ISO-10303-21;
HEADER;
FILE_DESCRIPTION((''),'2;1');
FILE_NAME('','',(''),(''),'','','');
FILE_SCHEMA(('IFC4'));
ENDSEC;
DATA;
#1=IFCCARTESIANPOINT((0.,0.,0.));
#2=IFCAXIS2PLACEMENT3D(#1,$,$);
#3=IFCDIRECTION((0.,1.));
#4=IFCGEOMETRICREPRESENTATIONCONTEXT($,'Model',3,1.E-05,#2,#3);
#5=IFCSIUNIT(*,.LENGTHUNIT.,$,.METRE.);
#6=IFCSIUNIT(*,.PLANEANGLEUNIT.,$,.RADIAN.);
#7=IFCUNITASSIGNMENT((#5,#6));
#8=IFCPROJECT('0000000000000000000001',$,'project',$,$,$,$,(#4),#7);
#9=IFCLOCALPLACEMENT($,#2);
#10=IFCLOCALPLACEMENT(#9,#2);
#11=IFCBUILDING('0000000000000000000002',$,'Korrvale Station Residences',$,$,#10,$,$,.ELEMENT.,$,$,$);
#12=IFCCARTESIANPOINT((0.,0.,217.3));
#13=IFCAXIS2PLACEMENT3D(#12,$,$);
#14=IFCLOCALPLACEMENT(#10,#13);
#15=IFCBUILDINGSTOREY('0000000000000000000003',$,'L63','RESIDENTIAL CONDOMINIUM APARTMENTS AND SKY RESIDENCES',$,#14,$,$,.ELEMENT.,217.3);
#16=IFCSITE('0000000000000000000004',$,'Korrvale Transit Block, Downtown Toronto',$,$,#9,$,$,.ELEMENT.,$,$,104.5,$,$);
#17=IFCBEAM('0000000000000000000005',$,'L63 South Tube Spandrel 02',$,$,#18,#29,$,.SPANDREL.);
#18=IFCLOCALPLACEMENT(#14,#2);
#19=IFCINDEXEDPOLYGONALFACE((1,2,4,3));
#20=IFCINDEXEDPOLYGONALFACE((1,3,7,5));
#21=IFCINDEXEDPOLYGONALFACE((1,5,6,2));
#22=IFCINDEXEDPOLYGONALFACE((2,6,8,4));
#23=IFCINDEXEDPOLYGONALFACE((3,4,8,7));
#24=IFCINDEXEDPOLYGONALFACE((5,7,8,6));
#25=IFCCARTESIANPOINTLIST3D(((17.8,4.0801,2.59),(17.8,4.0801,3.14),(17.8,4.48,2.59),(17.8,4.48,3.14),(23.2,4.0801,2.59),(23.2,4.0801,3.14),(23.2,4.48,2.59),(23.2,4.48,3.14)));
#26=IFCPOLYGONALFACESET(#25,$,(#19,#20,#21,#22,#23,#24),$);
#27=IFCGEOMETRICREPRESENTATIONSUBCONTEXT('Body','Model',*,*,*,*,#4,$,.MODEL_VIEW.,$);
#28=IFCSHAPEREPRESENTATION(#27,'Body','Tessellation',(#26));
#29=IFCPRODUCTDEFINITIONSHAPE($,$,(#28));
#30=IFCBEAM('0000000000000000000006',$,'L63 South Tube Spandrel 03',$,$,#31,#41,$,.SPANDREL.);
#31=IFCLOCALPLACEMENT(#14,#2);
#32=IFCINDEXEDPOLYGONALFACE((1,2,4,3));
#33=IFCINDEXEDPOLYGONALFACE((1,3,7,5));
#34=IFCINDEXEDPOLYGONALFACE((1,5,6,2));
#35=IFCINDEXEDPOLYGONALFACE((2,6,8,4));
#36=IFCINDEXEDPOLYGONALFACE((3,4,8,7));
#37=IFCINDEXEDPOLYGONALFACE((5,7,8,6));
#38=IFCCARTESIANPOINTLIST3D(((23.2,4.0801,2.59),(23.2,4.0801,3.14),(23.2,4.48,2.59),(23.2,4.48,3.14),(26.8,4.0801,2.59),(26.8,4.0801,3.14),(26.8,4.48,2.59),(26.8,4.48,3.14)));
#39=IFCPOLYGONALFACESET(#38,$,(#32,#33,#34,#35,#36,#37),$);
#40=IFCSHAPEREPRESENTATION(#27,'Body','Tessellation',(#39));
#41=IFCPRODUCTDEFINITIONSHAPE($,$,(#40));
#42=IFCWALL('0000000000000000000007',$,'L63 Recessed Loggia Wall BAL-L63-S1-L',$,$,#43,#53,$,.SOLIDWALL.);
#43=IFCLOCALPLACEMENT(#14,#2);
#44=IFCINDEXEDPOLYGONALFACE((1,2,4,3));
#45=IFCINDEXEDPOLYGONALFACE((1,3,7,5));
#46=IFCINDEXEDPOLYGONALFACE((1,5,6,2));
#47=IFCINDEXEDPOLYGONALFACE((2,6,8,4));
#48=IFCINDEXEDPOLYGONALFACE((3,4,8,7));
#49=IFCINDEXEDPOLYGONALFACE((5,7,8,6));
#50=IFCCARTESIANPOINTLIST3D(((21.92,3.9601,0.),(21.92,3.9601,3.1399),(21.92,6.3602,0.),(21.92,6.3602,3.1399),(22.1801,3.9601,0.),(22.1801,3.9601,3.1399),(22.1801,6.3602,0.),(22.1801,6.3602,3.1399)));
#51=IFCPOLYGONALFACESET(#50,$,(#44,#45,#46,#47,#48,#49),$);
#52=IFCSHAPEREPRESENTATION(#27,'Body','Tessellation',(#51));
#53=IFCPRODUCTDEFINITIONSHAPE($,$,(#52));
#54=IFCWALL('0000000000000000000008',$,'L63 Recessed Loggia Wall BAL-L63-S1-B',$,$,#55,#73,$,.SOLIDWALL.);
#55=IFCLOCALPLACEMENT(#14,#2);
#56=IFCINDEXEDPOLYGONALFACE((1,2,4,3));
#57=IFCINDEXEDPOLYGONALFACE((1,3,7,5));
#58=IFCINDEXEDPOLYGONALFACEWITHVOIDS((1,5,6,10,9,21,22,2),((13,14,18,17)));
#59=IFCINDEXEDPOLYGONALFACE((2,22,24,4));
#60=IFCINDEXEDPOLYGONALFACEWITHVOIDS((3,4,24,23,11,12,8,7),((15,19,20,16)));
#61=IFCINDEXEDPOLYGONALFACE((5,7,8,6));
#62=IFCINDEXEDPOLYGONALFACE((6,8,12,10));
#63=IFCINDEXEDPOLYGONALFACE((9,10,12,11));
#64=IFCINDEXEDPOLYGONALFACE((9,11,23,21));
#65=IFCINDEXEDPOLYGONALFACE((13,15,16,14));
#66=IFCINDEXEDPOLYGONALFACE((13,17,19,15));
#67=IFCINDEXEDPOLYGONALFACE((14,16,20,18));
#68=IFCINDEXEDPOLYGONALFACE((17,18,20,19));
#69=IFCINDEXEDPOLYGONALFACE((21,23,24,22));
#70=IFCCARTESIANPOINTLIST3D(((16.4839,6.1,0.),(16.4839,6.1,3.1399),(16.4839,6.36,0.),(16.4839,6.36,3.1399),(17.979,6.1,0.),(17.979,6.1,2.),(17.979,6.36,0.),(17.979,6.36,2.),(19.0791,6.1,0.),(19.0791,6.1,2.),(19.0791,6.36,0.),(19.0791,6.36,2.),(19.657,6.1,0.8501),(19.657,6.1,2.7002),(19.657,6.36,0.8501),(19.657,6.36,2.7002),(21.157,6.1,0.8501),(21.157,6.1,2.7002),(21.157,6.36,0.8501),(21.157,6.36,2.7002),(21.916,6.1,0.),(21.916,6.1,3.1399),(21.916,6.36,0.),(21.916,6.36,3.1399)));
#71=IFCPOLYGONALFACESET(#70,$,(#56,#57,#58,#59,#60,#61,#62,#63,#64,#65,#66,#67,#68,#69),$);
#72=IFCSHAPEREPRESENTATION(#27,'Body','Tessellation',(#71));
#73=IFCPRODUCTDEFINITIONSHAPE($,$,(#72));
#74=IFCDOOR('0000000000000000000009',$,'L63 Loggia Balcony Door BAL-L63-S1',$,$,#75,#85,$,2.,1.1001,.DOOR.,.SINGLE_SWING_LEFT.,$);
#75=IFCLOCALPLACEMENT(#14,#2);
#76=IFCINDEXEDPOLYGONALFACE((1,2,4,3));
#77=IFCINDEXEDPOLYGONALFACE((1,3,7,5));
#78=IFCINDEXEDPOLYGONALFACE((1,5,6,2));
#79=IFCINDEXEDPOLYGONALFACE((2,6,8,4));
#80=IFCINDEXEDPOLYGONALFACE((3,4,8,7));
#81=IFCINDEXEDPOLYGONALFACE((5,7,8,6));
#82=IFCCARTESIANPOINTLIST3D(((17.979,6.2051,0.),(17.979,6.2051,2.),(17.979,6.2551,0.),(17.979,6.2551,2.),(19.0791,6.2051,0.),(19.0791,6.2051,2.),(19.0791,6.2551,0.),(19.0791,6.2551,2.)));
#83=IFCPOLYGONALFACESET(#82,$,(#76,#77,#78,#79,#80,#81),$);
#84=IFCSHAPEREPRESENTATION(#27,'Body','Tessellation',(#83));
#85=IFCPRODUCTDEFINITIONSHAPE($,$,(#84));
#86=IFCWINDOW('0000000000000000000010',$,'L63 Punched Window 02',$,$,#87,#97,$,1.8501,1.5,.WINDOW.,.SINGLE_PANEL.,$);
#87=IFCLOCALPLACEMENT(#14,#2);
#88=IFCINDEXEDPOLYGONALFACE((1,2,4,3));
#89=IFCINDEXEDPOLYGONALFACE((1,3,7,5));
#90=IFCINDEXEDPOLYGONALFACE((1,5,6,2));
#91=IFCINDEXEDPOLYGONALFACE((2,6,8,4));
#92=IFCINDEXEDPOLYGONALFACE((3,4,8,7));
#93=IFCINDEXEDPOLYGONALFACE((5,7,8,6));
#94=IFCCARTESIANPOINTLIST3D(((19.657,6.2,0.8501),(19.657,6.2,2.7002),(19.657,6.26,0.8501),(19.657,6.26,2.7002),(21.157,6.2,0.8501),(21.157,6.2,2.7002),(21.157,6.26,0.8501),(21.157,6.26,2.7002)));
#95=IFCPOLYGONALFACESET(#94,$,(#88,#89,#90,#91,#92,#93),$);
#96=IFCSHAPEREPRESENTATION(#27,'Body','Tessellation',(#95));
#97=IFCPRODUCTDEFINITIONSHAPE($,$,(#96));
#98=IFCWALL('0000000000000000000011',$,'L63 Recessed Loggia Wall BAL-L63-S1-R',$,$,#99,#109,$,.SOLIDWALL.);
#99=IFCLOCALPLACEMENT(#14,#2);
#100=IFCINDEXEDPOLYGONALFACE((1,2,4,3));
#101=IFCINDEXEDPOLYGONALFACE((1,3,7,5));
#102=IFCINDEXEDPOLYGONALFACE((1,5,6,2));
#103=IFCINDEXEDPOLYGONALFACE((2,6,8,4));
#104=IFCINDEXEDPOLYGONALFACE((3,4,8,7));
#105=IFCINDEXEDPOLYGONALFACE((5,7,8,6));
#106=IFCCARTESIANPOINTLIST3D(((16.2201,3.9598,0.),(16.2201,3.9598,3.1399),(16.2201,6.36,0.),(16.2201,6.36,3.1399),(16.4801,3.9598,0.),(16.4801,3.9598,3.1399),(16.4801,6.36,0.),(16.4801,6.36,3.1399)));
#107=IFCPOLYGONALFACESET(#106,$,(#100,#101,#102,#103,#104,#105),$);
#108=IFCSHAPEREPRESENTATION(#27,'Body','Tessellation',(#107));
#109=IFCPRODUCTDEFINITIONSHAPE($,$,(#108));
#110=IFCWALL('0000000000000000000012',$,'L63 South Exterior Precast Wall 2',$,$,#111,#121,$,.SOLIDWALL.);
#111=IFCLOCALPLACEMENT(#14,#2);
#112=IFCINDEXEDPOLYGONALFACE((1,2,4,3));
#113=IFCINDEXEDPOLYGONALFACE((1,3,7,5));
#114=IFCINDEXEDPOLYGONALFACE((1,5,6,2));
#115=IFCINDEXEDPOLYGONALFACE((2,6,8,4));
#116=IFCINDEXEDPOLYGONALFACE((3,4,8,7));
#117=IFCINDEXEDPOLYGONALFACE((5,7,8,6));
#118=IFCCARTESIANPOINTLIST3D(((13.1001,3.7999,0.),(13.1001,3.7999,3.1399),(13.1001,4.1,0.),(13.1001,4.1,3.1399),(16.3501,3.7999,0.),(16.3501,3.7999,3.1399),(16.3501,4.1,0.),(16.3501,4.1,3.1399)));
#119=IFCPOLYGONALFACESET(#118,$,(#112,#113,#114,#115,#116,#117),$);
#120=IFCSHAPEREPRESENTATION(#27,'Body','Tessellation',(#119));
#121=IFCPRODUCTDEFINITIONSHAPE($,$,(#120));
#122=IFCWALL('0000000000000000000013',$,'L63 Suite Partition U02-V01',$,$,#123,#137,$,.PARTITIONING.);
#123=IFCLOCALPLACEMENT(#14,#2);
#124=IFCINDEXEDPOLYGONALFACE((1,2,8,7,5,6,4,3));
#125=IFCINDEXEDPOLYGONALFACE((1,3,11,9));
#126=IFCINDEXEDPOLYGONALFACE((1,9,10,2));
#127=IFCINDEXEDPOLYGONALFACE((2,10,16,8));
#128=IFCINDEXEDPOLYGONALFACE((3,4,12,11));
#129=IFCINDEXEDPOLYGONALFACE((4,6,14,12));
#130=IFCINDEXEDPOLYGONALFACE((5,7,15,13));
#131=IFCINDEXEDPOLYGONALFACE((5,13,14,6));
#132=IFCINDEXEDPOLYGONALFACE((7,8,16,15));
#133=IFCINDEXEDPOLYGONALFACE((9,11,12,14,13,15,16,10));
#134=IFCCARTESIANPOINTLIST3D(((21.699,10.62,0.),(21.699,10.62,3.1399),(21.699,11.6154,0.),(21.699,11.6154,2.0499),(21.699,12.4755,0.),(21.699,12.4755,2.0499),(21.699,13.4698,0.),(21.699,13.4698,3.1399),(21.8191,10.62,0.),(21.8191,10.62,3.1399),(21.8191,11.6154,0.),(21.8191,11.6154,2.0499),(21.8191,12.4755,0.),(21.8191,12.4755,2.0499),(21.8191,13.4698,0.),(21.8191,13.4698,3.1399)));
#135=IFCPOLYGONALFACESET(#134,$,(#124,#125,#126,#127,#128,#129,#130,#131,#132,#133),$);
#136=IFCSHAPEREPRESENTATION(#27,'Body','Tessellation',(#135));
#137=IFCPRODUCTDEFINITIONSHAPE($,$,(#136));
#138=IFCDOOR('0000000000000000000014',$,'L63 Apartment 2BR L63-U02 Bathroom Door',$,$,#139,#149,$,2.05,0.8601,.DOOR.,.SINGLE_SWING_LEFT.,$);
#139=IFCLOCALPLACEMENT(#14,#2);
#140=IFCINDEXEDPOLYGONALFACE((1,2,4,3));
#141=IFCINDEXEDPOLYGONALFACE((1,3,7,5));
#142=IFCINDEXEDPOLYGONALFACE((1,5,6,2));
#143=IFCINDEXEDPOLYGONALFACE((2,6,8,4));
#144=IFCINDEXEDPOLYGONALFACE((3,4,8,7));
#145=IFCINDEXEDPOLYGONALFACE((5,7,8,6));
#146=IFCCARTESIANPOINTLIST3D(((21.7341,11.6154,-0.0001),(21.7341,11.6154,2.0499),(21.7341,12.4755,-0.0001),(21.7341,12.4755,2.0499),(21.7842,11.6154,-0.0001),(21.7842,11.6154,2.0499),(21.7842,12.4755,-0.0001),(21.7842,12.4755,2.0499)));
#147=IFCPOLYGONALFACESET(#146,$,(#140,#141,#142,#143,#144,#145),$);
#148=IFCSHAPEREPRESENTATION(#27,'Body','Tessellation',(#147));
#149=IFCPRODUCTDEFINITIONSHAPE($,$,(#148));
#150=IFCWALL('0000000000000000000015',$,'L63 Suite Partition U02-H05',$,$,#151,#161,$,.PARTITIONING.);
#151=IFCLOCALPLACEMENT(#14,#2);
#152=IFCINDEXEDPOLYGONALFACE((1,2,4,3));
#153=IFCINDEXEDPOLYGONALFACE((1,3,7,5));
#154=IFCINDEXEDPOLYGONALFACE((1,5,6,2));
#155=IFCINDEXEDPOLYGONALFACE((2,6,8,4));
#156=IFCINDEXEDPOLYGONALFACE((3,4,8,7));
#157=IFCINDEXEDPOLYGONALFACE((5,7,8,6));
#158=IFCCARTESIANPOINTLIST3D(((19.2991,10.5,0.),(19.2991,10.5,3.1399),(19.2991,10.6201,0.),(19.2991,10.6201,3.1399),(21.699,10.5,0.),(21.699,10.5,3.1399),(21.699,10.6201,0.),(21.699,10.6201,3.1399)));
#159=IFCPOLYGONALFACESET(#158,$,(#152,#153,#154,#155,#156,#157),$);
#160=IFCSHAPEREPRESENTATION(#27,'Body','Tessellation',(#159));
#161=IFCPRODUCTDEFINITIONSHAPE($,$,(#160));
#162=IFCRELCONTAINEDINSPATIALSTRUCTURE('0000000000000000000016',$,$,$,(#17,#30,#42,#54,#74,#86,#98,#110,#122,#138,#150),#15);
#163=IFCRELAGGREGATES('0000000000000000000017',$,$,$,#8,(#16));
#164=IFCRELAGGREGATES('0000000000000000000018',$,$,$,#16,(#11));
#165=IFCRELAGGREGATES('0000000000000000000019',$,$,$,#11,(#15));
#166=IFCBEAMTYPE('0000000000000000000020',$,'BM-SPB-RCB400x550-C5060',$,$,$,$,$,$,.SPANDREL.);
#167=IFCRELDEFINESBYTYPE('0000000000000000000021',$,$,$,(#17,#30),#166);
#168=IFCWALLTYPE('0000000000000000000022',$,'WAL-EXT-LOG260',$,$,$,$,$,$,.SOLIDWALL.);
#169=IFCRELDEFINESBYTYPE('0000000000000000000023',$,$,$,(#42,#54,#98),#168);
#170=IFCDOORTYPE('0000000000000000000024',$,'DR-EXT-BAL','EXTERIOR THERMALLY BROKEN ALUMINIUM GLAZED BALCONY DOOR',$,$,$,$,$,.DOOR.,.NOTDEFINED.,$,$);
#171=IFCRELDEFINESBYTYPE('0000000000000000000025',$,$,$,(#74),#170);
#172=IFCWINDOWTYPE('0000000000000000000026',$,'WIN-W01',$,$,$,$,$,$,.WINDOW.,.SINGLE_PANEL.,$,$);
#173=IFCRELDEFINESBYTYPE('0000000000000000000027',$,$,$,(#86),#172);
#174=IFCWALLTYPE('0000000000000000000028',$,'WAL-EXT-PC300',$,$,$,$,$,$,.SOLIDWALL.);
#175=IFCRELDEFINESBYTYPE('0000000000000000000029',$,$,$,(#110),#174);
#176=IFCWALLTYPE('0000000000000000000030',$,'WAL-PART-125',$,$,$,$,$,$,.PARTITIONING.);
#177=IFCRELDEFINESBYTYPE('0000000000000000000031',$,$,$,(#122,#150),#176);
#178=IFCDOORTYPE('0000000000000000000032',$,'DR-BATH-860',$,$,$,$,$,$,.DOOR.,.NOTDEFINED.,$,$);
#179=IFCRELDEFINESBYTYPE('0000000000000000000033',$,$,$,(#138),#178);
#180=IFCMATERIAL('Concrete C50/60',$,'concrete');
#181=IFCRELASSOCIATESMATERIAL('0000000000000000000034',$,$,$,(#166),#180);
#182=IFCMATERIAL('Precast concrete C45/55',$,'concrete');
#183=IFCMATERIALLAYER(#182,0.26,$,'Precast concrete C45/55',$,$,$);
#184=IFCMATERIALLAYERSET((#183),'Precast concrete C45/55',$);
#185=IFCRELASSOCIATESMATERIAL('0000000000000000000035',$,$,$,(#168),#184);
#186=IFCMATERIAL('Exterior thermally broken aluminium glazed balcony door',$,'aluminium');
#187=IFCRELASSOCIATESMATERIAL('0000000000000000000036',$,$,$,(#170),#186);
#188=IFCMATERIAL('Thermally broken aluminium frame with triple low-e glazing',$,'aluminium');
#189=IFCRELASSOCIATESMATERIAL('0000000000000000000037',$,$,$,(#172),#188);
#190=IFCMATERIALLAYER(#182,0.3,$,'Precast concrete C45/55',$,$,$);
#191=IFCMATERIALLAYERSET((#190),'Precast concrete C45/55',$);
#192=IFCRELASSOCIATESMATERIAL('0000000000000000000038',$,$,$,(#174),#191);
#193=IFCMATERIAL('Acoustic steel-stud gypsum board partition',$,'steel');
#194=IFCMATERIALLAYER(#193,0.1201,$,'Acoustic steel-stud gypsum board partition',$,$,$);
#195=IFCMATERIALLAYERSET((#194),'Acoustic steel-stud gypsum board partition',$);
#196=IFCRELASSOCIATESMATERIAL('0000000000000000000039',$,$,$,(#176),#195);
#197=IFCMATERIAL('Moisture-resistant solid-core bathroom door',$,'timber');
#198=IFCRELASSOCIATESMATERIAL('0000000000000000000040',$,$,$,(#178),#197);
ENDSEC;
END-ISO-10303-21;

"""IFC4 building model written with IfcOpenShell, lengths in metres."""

from ifc_helpers import new_model, si_unit, direction, frame, frame_2d, origin, origin_2d, place, context, subcontext, project, spatial, rectangle, extrude, material, layer, layer_set, material_profile, profile_set, type_object, element, fill, save


model = new_model("IFC4")

# Units and contexts
model_context = context("Model", 3, precision=1e-05, world=origin(), true_north=direction((0.0, 1.0)))
body_context = subcontext(model_context, "Body", "Model", "MODEL_VIEW")
ifc_project = project(units=[si_unit("LENGTHUNIT", "METRE"), si_unit("PLANEANGLEUNIT", "RADIAN")], contexts=[model_context])

# Site, building, storey
site_placement = place(None, origin())
site = spatial("IfcSite", under=ifc_project, at=site_placement, Name="Korrvale Transit Block, Downtown Toronto", CompositionType="ELEMENT", RefElevation=104.5)
building_placement = place(site_placement, origin())
building = spatial("IfcBuilding", under=site, at=building_placement, Name="Korrvale Station Residences", CompositionType="ELEMENT")
storey_placement = place(building_placement, frame((0.0, 0.0, 217.3)))
storey = spatial("IfcBuildingStorey", under=building, at=storey_placement, Name="L63", Description="RESIDENTIAL CONDOMINIUM APARTMENTS AND SKY RESIDENCES", CompositionType="ELEMENT", Elevation=217.3)

# Shared definitions
ifc_material_1 = material(Name="Concrete C50/60", Category="concrete")

# Beams
ifc_material_profile_1 = material_profile(ifc_material_1, rectangle(XDim=0.3999, YDim=0.55, at=origin_2d()), Name="RCB400x550")
ifc_profile_set_1 = profile_set([ifc_material_profile_1], Name="Concrete C50/60")
beam_type_1 = type_object("IfcBeamType", Name="BM-SPB-RCB400x550-C5060", PredefinedType="SPANDREL", material=ifc_profile_set_1)
beam_1_placement = place(storey_placement, frame((17.8, 4.28, 2.865), z_axis=(1.0, 0.0, 0.0), x_axis=(0.0, 1.0, 0.0)))
element("IfcBeam", 1, at=beam_1_placement, inside=storey, type_object=beam_type_1, Name="L63 South Tube Spandrel 02", PredefinedType="SPANDREL", context=body_context, shape_type="SweptSolid", body=[
    extrude(rectangle(XDim=0.3999, YDim=0.55, at=origin_2d()), origin(), (0.0, 0.0, 1.0), 5.3999),
])
beam_2_placement = place(storey_placement, frame((23.2, 4.28, 2.865), z_axis=(1.0, 0.0, 0.0), x_axis=(0.0, 1.0, 0.0)))
element("IfcBeam", 2, at=beam_2_placement, inside=storey, type_object=beam_type_1, Name="L63 South Tube Spandrel 03", PredefinedType="SPANDREL", context=body_context, shape_type="SweptSolid", body=[
    extrude(rectangle(XDim=0.3999, YDim=0.55, at=origin_2d()), origin(), (0.0, 0.0, 1.0), 3.6001),
])

# Wall
ifc_material_2 = material(Name="Precast concrete C45/55", Category="concrete")
ifc_layer_1 = layer(ifc_material_2, 0.26, Name="Precast concrete C45/55")
ifc_layer_set_1 = layer_set([ifc_layer_1], Name="Precast concrete C45/55")
wall_type_1 = type_object("IfcWallType", Name="WAL-EXT-LOG260", PredefinedType="SOLIDWALL", material=ifc_layer_set_1)
wall_1_placement = place(storey_placement, frame((22.05, 3.96, 0.0), z_axis=(0.0, 0.0, 1.0), x_axis=(0.0, 1.0, 0.0)))
element("IfcWall", 3, at=wall_1_placement, inside=storey, type_object=wall_type_1, Name="L63 Recessed Loggia Wall BAL-L63-S1-L", PredefinedType="SOLIDWALL", context=body_context, shape_type="SweptSolid", body=[
    extrude(rectangle(XDim=2.4001, YDim=0.26, at=frame_2d((1.2002, 0.0))), origin(), (0.0, 0.0, 1.0), 3.1399),
])

# Wall, openings, door, window
wall_2_placement = place(storey_placement, frame((21.916, 6.23, 0.0), z_axis=(0.0, 0.0, 1.0), x_axis=(-1.0, 0.0, 0.0)))
wall_2 = element("IfcWall", 4, at=wall_2_placement, inside=storey, type_object=wall_type_1, Name="L63 Recessed Loggia Wall BAL-L63-S1-B", PredefinedType="SOLIDWALL", context=body_context, shape_type="SweptSolid", body=[
    extrude(rectangle(XDim=5.4321, YDim=0.26, at=frame_2d((2.7161, 0.0))), origin(), (0.0, 0.0, 1.0), 3.1399),
])
opening_1_placement = place(wall_2_placement, frame((2.8369, 0.0, 0.0)))
opening_1 = element("IfcOpeningElement", 5, at=opening_1_placement, cuts=wall_2, PredefinedType="OPENING", context=body_context, shape_type="SweptSolid", body=[
    extrude(rectangle(XDim=1.1001, YDim=2.0, at=frame_2d((0.55, 1.0))), frame((0.0, 0.1401, 0.0), z_axis=(0.0, -1.0, 0.0), x_axis=(1.0, 0.0, 0.0)), (0.0, 0.0, 1.0), 0.28),
])
opening_2_placement = place(wall_2_placement, frame((0.759, 0.0, 0.8501)))
opening_2 = element("IfcOpeningElement", 6, at=opening_2_placement, cuts=wall_2, PredefinedType="OPENING", context=body_context, shape_type="SweptSolid", body=[
    extrude(rectangle(XDim=1.5, YDim=1.8501, at=frame_2d((0.75, 0.925))), frame((0.0, 0.1401, 0.0), z_axis=(0.0, -1.0, 0.0), x_axis=(1.0, 0.0, 0.0)), (0.0, 0.0, 1.0), 0.28),
])
ifc_material_3 = material(Name="Exterior thermally broken aluminium glazed balcony door", Category="aluminium")
door_type_1 = type_object("IfcDoorType", Name="DR-EXT-BAL", Description="EXTERIOR THERMALLY BROKEN ALUMINIUM GLAZED BALCONY DOOR", OperationType="NOTDEFINED", PredefinedType="DOOR", material=ifc_material_3)
door_1_placement = place(opening_1_placement, origin())
door_1 = element("IfcDoor", 7, at=door_1_placement, inside=storey, type_object=door_type_1, Name="L63 Loggia Balcony Door BAL-L63-S1", OperationType="SINGLE_SWING_LEFT", OverallHeight=2.0, OverallWidth=1.1001, PredefinedType="DOOR", context=body_context, shape_type="SweptSolid", body=[
    extrude(rectangle(XDim=1.1001, YDim=2.0, at=frame_2d((0.55, 1.0))), frame((0.0, 0.0249, 0.0), z_axis=(0.0, -1.0, 0.0), x_axis=(1.0, 0.0, 0.0)), (0.0, 0.0, 1.0), 0.05),
])
fill(opening_1, door_1)
ifc_material_4 = material(Name="Thermally broken aluminium frame with triple low-e glazing", Category="aluminium")
window_type = type_object("IfcWindowType", Name="WIN-W01", PartitioningType="SINGLE_PANEL", PredefinedType="WINDOW", material=ifc_material_4)
window_placement = place(opening_2_placement, origin())
window = element("IfcWindow", 8, at=window_placement, inside=storey, type_object=window_type, Name="L63 Punched Window 02", OverallHeight=1.8501, OverallWidth=1.5, PartitioningType="SINGLE_PANEL", PredefinedType="WINDOW", context=body_context, shape_type="SweptSolid", body=[
    extrude(rectangle(XDim=1.5, YDim=1.8501, at=frame_2d((0.75, 0.925))), frame((0.0, 0.03, 0.0), z_axis=(0.0, -1.0, 0.0), x_axis=(1.0, 0.0, 0.0)), (0.0, 0.0, 1.0), 0.0601),
])
fill(opening_2, window)

# Walls
wall_3_placement = place(storey_placement, frame((16.3501, 6.3601, 0.0), z_axis=(0.0, 0.0, 1.0), x_axis=(0.0, -1.0, 0.0)))
element("IfcWall", 9, at=wall_3_placement, inside=storey, type_object=wall_type_1, Name="L63 Recessed Loggia Wall BAL-L63-S1-R", PredefinedType="SOLIDWALL", context=body_context, shape_type="SweptSolid", body=[
    extrude(rectangle(XDim=2.4001, YDim=0.26, at=frame_2d((1.2002, 0.0))), origin(), (0.0, 0.0, 1.0), 3.1399),
])
ifc_layer_2 = layer(ifc_material_2, 0.3, Name="Precast concrete C45/55")
ifc_layer_set_2 = layer_set([ifc_layer_2], Name="Precast concrete C45/55")
wall_type_2 = type_object("IfcWallType", Name="WAL-EXT-PC300", PredefinedType="SOLIDWALL", material=ifc_layer_set_2)
wall_4_placement = place(storey_placement, frame((16.3501, 3.95, 0.0), z_axis=(0.0, 0.0, 1.0), x_axis=(-1.0, 0.0, 0.0)))
element("IfcWall", 10, at=wall_4_placement, inside=storey, type_object=wall_type_2, Name="L63 South Exterior Precast Wall 2", PredefinedType="SOLIDWALL", context=body_context, shape_type="SweptSolid", body=[
    extrude(rectangle(XDim=3.25, YDim=0.3, at=frame_2d((1.625, 0.0))), origin(), (0.0, 0.0, 1.0), 3.1399),
])

# Wall, opening, door
ifc_material_5 = material(Name="Acoustic steel-stud gypsum board partition", Category="steel")
ifc_layer_3 = layer(ifc_material_5, 0.1201, Name="Acoustic steel-stud gypsum board partition")
ifc_layer_set_3 = layer_set([ifc_layer_3], Name="Acoustic steel-stud gypsum board partition")
wall_type_3 = type_object("IfcWallType", Name="WAL-PART-125", PredefinedType="PARTITIONING", material=ifc_layer_set_3)
wall_5_placement = place(storey_placement, frame((21.759, 10.6201, 0.0), z_axis=(0.0, 0.0, 1.0), x_axis=(0.0, 1.0, 0.0)))
wall_5 = element("IfcWall", 11, at=wall_5_placement, inside=storey, type_object=wall_type_3, Name="L63 Suite Partition U02-V01", PredefinedType="PARTITIONING", context=body_context, shape_type="SweptSolid", body=[
    extrude(rectangle(XDim=2.8499, YDim=0.1201, at=frame_2d((1.4248, 0.0))), origin(), (0.0, 0.0, 1.0), 3.1399),
])
opening_3_placement = place(wall_5_placement, frame((0.9951, 0.0, 0.0)))
opening_3 = element("IfcOpeningElement", 12, at=opening_3_placement, cuts=wall_5, PredefinedType="OPENING", context=body_context, shape_type="SweptSolid", body=[
    extrude(rectangle(XDim=0.8601, YDim=2.05, at=frame_2d((0.4302, 1.0249))), frame((0.0, 0.0701, 0.0), z_axis=(0.0, -1.0, 0.0), x_axis=(1.0, 0.0, 0.0)), (0.0, 0.0, 1.0), 0.1401),
])
ifc_material_6 = material(Name="Moisture-resistant solid-core bathroom door", Category="timber")
door_type_2 = type_object("IfcDoorType", Name="DR-BATH-860", OperationType="NOTDEFINED", PredefinedType="DOOR", material=ifc_material_6)
door_2_placement = place(opening_3_placement, origin())
door_2 = element("IfcDoor", 13, at=door_2_placement, inside=storey, type_object=door_type_2, Name="L63 Apartment 2BR L63-U02 Bathroom Door", OperationType="SINGLE_SWING_LEFT", OverallHeight=2.05, OverallWidth=0.8601, PredefinedType="DOOR", context=body_context, shape_type="SweptSolid", body=[
    extrude(rectangle(XDim=0.8601, YDim=2.05, at=frame_2d((0.4302, 1.0249))), frame((0.0, 0.0249, 0.0), z_axis=(0.0, -1.0, 0.0), x_axis=(1.0, 0.0, 0.0)), (0.0, 0.0, 1.0), 0.05),
])
fill(opening_3, door_2)

# Wall
wall_6_placement = place(storey_placement, frame((19.2991, 10.5601, 0.0), z_axis=(0.0, 0.0, 1.0), x_axis=(1.0, 0.0, 0.0)))
element("IfcWall", 14, at=wall_6_placement, inside=storey, type_object=wall_type_3, Name="L63 Suite Partition U02-H05", PredefinedType="PARTITIONING", context=body_context, shape_type="SweptSolid", body=[
    extrude(rectangle(XDim=2.3999, YDim=0.1201, at=frame_2d((1.2, 0.0))), origin(), (0.0, 0.0, 1.0), 3.1399),
])

save(model, "model.ifc")
